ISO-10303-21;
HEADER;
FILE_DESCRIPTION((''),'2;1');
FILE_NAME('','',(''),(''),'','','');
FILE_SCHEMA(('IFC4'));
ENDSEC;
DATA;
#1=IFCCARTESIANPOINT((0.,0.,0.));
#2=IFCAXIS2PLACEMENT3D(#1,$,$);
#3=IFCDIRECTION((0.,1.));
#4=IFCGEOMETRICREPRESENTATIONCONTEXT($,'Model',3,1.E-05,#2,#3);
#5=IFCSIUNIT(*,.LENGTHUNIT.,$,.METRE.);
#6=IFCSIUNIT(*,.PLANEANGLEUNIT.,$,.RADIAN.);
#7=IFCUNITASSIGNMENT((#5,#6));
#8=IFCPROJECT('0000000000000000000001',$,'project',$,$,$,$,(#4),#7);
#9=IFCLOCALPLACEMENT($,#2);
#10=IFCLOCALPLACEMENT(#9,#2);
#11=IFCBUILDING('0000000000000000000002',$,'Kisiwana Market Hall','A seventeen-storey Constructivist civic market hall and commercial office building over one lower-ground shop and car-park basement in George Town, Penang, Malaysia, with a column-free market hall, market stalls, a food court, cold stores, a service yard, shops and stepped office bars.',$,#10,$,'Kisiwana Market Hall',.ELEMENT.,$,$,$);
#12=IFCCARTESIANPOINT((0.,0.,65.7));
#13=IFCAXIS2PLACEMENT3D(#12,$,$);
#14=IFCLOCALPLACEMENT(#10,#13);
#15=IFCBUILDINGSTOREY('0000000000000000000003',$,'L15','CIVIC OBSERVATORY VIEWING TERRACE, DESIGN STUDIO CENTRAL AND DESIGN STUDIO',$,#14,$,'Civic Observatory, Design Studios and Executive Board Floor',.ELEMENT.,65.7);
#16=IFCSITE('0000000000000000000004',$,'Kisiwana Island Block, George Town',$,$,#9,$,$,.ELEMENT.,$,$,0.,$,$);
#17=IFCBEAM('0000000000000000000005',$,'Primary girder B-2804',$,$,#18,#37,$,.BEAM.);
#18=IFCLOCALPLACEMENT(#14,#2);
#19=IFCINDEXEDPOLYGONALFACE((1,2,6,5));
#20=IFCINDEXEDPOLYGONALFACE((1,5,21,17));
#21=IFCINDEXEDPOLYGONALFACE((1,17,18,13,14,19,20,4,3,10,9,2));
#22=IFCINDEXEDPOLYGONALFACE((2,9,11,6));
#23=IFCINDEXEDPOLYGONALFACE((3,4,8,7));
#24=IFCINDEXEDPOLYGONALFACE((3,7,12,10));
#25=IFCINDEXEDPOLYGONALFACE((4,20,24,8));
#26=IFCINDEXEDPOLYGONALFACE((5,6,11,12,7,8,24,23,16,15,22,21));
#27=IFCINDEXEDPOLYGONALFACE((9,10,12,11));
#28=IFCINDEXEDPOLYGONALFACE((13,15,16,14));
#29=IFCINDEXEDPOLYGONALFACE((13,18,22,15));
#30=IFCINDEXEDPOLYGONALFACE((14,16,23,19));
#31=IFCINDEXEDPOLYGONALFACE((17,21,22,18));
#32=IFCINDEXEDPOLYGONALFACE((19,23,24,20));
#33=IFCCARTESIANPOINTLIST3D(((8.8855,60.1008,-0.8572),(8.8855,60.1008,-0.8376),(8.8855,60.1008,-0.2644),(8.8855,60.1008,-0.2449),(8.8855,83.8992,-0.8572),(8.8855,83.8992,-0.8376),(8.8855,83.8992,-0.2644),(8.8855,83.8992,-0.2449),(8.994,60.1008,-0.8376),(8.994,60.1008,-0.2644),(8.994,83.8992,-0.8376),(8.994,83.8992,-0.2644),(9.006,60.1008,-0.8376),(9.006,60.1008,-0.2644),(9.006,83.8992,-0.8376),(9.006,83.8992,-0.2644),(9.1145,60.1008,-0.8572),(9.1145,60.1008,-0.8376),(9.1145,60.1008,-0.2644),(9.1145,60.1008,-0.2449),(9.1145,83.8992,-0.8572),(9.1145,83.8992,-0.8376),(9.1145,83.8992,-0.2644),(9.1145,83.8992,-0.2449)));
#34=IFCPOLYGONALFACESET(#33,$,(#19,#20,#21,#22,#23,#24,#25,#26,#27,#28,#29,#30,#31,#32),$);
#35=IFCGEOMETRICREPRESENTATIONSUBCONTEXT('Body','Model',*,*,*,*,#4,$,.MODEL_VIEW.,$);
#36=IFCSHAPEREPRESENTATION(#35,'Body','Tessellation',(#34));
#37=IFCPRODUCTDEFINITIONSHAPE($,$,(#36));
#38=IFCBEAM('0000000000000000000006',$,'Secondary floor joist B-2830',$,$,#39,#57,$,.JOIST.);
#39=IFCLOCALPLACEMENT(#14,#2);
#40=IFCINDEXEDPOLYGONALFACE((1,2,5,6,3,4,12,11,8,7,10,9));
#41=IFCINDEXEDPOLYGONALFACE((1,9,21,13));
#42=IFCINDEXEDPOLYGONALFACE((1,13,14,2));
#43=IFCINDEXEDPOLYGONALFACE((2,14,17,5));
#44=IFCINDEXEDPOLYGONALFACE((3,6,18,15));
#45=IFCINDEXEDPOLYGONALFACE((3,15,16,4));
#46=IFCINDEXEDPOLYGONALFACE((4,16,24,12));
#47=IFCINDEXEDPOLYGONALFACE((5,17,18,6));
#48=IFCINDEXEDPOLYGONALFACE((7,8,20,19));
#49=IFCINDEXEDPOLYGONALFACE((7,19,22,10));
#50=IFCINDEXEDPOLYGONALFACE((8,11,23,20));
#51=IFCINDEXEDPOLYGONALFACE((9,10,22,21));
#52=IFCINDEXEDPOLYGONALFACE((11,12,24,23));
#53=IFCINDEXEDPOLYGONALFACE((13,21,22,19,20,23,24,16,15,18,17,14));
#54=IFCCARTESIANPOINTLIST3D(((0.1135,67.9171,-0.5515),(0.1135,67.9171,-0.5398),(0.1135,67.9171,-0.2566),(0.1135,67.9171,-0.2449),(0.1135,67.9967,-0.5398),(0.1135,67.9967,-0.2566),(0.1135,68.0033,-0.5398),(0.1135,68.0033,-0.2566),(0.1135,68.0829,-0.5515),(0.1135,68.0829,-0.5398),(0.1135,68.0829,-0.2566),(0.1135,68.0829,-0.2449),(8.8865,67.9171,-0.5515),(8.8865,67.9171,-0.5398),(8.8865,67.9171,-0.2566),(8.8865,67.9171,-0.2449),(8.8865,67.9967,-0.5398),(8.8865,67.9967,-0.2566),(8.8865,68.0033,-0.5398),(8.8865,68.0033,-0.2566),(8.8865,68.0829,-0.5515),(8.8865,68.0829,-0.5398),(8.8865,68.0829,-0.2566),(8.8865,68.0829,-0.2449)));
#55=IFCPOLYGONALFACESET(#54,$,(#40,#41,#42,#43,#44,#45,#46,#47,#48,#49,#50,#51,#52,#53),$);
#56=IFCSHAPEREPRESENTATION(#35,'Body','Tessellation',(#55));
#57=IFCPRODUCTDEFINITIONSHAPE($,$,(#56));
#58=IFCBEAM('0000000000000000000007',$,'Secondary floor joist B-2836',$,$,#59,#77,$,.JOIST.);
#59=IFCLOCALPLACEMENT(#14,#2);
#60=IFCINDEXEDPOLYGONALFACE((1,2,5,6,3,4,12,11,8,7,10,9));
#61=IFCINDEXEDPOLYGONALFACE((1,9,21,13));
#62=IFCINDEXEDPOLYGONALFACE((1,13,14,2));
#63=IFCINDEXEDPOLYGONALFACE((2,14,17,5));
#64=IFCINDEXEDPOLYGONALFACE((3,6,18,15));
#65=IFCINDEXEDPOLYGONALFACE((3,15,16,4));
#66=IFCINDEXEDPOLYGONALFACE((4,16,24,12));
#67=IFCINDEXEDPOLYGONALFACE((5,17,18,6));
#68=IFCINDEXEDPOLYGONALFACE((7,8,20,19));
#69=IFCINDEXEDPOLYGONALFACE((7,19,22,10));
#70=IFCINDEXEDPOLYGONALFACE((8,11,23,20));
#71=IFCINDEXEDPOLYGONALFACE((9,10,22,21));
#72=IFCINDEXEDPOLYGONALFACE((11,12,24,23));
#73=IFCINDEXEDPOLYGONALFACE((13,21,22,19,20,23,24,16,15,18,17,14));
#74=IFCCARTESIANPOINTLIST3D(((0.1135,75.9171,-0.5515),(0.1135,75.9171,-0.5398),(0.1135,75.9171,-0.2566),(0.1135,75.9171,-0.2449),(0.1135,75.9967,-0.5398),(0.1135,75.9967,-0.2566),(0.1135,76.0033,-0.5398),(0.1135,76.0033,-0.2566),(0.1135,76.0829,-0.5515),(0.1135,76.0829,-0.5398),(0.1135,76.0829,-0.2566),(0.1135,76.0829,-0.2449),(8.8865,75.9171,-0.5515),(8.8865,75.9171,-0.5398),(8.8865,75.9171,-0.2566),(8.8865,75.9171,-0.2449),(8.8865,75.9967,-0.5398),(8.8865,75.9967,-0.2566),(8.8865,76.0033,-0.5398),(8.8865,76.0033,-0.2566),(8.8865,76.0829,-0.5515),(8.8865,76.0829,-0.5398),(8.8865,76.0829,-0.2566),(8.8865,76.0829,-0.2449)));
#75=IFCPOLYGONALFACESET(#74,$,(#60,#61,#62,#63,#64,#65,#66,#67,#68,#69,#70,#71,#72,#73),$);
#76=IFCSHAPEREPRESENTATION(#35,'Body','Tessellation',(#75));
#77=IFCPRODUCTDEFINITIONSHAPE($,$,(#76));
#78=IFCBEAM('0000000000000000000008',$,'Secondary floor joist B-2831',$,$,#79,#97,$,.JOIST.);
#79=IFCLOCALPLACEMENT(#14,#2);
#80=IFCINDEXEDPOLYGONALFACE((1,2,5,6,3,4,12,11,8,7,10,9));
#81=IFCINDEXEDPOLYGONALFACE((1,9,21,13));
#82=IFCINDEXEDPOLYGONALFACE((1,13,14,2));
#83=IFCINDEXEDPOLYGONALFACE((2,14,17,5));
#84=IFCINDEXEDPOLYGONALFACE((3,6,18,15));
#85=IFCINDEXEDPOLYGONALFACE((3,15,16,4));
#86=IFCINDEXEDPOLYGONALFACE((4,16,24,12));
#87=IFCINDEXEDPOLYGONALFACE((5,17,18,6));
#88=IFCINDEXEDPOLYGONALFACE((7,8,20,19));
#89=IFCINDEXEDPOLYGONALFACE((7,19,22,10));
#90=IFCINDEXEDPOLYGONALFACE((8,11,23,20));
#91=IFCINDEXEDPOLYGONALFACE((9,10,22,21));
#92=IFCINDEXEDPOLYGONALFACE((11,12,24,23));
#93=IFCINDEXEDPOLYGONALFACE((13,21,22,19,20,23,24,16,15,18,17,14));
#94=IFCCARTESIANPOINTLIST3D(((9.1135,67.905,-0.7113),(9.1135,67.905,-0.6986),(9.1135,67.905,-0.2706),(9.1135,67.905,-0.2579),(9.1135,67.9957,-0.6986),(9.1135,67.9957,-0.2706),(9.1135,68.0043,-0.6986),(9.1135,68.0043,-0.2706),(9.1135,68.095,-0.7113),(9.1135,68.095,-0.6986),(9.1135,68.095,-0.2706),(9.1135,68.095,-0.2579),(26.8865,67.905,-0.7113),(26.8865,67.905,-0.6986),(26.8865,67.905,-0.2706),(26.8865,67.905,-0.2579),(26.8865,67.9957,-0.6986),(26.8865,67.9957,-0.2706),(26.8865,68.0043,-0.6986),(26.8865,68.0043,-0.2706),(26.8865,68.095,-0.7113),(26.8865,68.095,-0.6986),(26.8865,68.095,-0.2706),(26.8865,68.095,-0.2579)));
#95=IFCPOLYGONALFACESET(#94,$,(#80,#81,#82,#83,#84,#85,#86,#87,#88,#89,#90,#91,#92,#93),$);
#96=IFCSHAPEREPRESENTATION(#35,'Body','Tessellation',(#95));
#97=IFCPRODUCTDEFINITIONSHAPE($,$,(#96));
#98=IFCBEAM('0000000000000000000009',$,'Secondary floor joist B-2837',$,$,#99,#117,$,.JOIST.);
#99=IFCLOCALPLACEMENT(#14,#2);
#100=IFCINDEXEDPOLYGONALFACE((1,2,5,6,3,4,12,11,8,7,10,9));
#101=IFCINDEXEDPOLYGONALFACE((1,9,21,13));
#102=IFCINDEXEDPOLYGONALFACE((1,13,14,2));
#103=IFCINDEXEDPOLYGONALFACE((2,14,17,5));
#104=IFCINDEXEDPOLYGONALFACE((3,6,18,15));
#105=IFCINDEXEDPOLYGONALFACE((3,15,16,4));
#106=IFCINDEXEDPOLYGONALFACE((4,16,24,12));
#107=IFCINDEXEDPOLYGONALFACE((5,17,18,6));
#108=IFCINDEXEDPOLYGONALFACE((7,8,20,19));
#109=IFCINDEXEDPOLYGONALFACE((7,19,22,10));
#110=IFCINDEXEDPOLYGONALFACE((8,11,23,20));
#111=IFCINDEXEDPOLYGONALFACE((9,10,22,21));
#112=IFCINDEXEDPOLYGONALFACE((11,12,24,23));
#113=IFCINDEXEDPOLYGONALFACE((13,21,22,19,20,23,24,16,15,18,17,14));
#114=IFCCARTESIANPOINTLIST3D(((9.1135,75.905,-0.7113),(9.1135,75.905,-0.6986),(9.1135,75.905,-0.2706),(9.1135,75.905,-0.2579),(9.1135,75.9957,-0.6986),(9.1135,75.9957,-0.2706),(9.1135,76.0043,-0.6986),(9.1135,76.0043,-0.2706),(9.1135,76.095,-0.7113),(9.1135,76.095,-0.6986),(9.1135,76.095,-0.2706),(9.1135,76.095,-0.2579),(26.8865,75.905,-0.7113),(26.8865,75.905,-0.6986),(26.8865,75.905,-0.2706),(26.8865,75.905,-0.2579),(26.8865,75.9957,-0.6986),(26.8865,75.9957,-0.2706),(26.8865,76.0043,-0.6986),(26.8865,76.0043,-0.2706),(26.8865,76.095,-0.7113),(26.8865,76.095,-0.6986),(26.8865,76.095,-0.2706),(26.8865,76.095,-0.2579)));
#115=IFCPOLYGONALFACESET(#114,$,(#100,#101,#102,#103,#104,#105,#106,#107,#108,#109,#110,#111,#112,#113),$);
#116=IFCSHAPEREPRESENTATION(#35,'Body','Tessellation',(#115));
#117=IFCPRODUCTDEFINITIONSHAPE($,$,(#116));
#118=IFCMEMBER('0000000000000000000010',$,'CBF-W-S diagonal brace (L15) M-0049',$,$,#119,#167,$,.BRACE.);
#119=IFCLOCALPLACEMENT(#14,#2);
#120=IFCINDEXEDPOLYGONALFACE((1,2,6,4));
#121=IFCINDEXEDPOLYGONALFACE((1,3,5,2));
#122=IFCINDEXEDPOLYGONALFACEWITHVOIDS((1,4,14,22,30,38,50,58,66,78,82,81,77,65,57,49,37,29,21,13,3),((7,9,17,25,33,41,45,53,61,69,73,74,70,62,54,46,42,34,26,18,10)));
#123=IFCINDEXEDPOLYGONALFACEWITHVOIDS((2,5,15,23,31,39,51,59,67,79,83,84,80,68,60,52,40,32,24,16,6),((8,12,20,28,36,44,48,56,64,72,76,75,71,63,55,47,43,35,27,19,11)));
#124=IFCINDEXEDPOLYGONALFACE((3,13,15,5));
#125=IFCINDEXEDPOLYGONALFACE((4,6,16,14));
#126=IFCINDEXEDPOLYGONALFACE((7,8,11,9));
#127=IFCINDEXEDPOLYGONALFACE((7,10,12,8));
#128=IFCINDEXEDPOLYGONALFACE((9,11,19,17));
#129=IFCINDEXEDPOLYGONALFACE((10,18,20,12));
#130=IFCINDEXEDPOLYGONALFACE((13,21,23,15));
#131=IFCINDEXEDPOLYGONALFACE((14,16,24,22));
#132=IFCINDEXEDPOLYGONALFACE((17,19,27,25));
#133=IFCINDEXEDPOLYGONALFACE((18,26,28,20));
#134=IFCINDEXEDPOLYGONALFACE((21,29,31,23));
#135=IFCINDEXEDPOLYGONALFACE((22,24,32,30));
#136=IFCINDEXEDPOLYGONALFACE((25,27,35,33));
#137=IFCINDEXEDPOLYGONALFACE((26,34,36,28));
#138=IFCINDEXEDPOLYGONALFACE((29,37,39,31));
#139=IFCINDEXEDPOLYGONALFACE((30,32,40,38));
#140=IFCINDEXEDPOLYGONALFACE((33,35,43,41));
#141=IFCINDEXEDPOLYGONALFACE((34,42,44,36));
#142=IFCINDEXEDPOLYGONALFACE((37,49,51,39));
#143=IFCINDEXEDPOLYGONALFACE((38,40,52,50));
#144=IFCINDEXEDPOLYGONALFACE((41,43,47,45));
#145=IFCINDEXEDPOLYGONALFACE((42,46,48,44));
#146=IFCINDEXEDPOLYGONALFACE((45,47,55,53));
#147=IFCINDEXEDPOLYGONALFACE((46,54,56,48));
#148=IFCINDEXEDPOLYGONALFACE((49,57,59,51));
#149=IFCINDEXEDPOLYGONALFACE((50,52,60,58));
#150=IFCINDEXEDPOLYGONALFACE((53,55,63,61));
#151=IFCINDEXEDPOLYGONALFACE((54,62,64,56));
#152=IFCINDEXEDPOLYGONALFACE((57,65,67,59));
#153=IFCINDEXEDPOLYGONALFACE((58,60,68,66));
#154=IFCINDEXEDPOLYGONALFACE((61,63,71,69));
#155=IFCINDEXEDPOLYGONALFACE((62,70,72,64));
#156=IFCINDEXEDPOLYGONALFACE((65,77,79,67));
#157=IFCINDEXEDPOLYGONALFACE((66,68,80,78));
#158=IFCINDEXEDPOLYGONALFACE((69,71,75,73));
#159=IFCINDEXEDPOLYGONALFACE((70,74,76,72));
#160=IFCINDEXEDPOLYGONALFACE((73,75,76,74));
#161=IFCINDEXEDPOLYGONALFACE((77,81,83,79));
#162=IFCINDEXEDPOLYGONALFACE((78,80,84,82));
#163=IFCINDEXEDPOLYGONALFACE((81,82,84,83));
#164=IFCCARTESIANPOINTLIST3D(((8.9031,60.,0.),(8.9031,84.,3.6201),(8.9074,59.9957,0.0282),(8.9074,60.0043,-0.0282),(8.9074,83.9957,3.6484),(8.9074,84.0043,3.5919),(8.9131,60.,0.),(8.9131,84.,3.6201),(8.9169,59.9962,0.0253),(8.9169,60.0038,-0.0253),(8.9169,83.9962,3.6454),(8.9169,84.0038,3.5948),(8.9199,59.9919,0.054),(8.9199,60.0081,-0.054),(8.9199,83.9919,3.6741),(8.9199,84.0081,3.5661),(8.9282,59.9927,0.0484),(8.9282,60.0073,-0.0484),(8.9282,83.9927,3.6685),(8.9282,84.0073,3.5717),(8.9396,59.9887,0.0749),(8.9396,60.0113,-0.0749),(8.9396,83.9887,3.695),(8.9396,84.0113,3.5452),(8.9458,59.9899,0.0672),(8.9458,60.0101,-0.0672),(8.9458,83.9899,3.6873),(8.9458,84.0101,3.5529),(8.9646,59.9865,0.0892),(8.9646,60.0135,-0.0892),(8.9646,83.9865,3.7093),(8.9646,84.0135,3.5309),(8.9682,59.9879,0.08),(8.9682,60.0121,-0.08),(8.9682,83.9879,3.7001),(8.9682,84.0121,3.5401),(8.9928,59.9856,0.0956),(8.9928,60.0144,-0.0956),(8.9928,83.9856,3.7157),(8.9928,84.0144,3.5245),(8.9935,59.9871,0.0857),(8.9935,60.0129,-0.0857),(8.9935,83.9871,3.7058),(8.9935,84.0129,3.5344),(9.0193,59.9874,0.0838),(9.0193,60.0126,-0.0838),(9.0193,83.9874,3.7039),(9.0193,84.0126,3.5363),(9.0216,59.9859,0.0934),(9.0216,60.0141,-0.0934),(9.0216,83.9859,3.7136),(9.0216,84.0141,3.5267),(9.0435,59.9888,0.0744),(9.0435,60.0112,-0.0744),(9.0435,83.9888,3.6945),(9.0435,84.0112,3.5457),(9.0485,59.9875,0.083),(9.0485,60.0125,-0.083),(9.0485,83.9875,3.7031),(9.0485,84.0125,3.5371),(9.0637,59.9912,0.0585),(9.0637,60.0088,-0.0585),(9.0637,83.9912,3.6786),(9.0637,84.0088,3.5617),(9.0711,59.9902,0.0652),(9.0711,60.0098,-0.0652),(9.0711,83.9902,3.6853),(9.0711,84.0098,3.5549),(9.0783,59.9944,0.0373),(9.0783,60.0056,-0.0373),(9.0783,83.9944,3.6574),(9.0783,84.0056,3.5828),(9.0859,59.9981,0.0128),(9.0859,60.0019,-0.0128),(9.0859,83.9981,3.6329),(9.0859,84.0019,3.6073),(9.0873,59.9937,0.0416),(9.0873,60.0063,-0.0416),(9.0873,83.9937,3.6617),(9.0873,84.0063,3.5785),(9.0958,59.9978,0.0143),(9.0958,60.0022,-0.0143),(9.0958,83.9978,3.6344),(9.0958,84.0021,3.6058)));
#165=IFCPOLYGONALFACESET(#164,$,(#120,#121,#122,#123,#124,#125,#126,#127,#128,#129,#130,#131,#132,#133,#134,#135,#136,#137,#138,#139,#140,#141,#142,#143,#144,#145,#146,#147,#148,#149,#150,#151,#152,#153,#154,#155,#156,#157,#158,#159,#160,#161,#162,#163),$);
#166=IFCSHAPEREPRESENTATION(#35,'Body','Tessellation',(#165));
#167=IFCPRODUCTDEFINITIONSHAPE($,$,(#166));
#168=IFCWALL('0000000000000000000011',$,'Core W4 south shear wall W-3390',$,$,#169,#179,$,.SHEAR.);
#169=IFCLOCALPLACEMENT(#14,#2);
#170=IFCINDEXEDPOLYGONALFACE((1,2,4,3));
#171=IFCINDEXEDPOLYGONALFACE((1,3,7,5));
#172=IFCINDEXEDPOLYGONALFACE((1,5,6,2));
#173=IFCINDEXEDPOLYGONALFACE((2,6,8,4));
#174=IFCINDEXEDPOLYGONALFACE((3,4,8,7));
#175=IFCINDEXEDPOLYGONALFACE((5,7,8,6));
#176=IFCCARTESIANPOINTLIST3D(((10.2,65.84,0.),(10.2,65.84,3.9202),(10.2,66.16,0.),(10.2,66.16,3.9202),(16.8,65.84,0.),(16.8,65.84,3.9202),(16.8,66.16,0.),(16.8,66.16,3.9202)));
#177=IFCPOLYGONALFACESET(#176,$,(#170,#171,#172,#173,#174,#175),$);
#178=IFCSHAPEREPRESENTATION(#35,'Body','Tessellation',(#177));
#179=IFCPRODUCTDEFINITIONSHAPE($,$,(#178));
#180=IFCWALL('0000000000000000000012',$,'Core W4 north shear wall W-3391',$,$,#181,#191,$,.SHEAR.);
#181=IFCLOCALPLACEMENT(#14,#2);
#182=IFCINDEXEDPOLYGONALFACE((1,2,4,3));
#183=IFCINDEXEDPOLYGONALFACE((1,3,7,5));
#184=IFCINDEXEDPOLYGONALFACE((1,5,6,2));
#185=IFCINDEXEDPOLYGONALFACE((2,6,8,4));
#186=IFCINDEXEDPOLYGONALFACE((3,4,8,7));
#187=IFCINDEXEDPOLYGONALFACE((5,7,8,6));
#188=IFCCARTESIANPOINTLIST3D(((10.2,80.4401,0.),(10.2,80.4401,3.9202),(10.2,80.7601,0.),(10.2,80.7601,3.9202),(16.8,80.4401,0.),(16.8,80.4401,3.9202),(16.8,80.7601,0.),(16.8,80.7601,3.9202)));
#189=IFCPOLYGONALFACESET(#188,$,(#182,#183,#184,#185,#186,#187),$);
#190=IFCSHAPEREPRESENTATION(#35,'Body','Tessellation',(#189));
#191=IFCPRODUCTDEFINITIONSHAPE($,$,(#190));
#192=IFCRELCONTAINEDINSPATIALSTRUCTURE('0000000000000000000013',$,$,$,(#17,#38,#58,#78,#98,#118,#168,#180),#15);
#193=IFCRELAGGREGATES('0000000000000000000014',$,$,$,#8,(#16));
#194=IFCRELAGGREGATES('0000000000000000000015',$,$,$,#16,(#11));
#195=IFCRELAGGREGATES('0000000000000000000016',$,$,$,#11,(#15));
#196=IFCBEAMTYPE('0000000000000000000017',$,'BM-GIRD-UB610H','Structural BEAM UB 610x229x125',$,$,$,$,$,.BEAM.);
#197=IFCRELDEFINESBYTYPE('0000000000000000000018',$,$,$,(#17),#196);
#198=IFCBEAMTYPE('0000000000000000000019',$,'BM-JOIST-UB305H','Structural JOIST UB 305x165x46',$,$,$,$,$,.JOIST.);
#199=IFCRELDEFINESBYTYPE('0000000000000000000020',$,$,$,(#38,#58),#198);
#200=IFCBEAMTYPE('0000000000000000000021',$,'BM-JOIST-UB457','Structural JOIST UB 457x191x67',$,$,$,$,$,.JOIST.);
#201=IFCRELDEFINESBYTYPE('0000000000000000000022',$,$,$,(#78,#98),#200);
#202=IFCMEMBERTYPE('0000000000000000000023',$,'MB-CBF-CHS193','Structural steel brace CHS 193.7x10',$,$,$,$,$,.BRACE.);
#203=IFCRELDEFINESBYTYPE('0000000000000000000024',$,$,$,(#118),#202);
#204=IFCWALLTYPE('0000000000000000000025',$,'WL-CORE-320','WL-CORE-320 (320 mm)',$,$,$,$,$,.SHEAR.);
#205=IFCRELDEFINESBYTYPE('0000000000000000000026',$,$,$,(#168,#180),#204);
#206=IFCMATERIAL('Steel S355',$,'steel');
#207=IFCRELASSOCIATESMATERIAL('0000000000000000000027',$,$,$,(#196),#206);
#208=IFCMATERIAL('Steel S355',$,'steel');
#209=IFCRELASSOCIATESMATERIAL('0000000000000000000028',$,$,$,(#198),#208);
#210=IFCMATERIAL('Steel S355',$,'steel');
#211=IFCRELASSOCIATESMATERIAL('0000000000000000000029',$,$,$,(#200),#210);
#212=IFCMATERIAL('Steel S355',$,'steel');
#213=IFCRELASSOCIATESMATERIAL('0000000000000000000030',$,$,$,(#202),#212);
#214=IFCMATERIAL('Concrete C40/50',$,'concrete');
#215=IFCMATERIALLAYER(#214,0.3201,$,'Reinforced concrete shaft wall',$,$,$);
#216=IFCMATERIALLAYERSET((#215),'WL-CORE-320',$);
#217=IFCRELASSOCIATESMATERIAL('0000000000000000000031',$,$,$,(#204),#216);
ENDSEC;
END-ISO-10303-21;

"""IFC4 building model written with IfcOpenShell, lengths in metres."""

from ifc_helpers import new_model, si_unit, direction, frame, frame_2d, origin, origin_2d, place, context, subcontext, project, spatial, rectangle, hollow_circle, i_section, extrude, material, layer, layer_set, material_profile, profile_set, type_object, element, save


model = new_model("IFC4")

# Units and contexts
model_context = context("Model", 3, precision=1e-05, world=origin(), true_north=direction((0.0, 1.0)))
body_context = subcontext(model_context, "Body", "Model", "MODEL_VIEW")
ifc_project = project(units=[si_unit("LENGTHUNIT", "METRE"), si_unit("PLANEANGLEUNIT", "RADIAN")], contexts=[model_context])

# Site, building, storey
site_placement = place(None, origin())
site = spatial("IfcSite", under=ifc_project, at=site_placement, Name="Kisiwana Island Block, George Town", CompositionType="ELEMENT", RefElevation=0.0)
building_placement = place(site_placement, origin())
building = spatial("IfcBuilding", under=site, at=building_placement, Name="Kisiwana Market Hall", Description="A seventeen-storey Constructivist civic market hall and commercial office building over one lower-ground shop and car-park basement in George Town, Penang, Malaysia, with a column-free market hall, market stalls, a food court, cold stores, a service yard, shops and stepped office bars.", LongName="Kisiwana Market Hall", CompositionType="ELEMENT")
storey_placement = place(building_placement, frame((0.0, 0.0, 65.7)))
storey = spatial("IfcBuildingStorey", under=building, at=storey_placement, Name="L15", Description="CIVIC OBSERVATORY VIEWING TERRACE, DESIGN STUDIO CENTRAL AND DESIGN STUDIO", LongName="Civic Observatory, Design Studios and Executive Board Floor", CompositionType="ELEMENT", Elevation=65.7)

# Beams
ifc_material_1 = material(Name="Steel S355", Category="steel")
ifc_material_profile_1 = material_profile(ifc_material_1, i_section(OverallWidth=0.229, OverallDepth=0.6123, WebThickness=0.012, FlangeThickness=0.0195, at=origin_2d()), Name="UB 610x229x125")
ifc_profile_set_1 = profile_set([ifc_material_profile_1], Name="Steel S355")
beam_type_1 = type_object("IfcBeamType", Name="BM-GIRD-UB610H", Description="Structural BEAM UB 610x229x125", PredefinedType="BEAM", material=ifc_profile_set_1)
for number, where, z_axis, x_axis, name in (
    (1, (9.0, 60.1008, -0.551), (0.0, 1.0, 0.0), (-1.0, 0.0, 0.0), "Primary girder B-2804"),
):
    element("IfcBeam", number, at=place(storey_placement, frame(where, z_axis=z_axis, x_axis=x_axis)), inside=storey, type_object=beam_type_1, Name=name, PredefinedType="BEAM", context=body_context, shape_type="SweptSolid", body=[
        extrude(i_section(OverallWidth=0.229, OverallDepth=0.6123, WebThickness=0.012, FlangeThickness=0.0195, at=origin_2d()), origin(), (0.0, 0.0, 1.0), 23.7983),
    ])
ifc_material_2 = material(Name="Steel S355", Category="steel")
ifc_material_profile_2 = material_profile(ifc_material_2, i_section(OverallWidth=0.1658, OverallDepth=0.3066, WebThickness=0.0066, FlangeThickness=0.0117, at=origin_2d()), Name="UB 305x165x46")
ifc_profile_set_2 = profile_set([ifc_material_profile_2], Name="Steel S355")
beam_type_2 = type_object("IfcBeamType", Name="BM-JOIST-UB305H", Description="Structural JOIST UB 305x165x46", PredefinedType="JOIST", material=ifc_profile_set_2)
for number, where, z_axis, x_axis, name in (
    (2, (0.1135, 68.0, -0.3982), (1.0, 0.0, 0.0), (0.0, 1.0, 0.0), "Secondary floor joist B-2830"),
    (3, (0.1135, 76.0, -0.3982), (1.0, 0.0, 0.0), (0.0, 1.0, 0.0), "Secondary floor joist B-2836"),
):
    element("IfcBeam", number, at=place(storey_placement, frame(where, z_axis=z_axis, x_axis=x_axis)), inside=storey, type_object=beam_type_2, Name=name, PredefinedType="JOIST", context=body_context, shape_type="SweptSolid", body=[
        extrude(i_section(OverallWidth=0.1658, OverallDepth=0.3066, WebThickness=0.0066, FlangeThickness=0.0117, at=origin_2d()), origin(), (0.0, 0.0, 1.0), 8.7729),
    ])
ifc_material_3 = material(Name="Steel S355", Category="steel")
ifc_material_profile_3 = material_profile(ifc_material_3, i_section(OverallWidth=0.1899, OverallDepth=0.4534, WebThickness=0.0085, FlangeThickness=0.0127, at=origin_2d()), Name="UB 457x191x67")
ifc_profile_set_3 = profile_set([ifc_material_profile_3], Name="Steel S355")
beam_type_3 = type_object("IfcBeamType", Name="BM-JOIST-UB457", Description="Structural JOIST UB 457x191x67", PredefinedType="JOIST", material=ifc_profile_set_3)
for number, where, z_axis, x_axis, name in (
    (4, (9.1135, 68.0, -0.4846), (1.0, 0.0, 0.0), (0.0, 1.0, 0.0), "Secondary floor joist B-2831"),
    (5, (9.1135, 76.0, -0.4846), (1.0, 0.0, 0.0), (0.0, 1.0, 0.0), "Secondary floor joist B-2837"),
):
    element("IfcBeam", number, at=place(storey_placement, frame(where, z_axis=z_axis, x_axis=x_axis)), inside=storey, type_object=beam_type_3, Name=name, PredefinedType="JOIST", context=body_context, shape_type="SweptSolid", body=[
        extrude(i_section(OverallWidth=0.1899, OverallDepth=0.4534, WebThickness=0.0085, FlangeThickness=0.0127, at=origin_2d()), origin(), (0.0, 0.0, 1.0), 17.7729),
    ])

# Member
ifc_material_4 = material(Name="Steel S355", Category="steel")
ifc_material_profile_4 = material_profile(ifc_material_4, hollow_circle(Radius=0.0969, WallThickness=0.01, at=origin_2d()), Name="CHS 193.7x10")
ifc_profile_set_4 = profile_set([ifc_material_profile_4], Name="Steel S355")
member_type = type_object("IfcMemberType", Name="MB-CBF-CHS193", Description="Structural steel brace CHS 193.7x10", PredefinedType="BRACE", material=ifc_profile_set_4)
member_placement = place(storey_placement, frame((9.0, 60.0, 0.0), z_axis=(0.0, 0.988814, 0.149151), x_axis=(-1.0, 0.0, 0.0)))
element("IfcMember", 6, at=member_placement, inside=storey, type_object=member_type, Name="CBF-W-S diagonal brace (L15) M-0049", PredefinedType="BRACE", context=body_context, shape_type="SweptSolid", body=[
    extrude(hollow_circle(Radius=0.0969, WallThickness=0.01, at=origin_2d()), origin(), (0.0, 0.0, 1.0), 24.2715),
])

# Walls
ifc_material_5 = material(Name="Concrete C40/50", Category="concrete")
ifc_layer_1 = layer(ifc_material_5, 0.3201, Name="Reinforced concrete shaft wall")
ifc_layer_set_1 = layer_set([ifc_layer_1], Name="WL-CORE-320")
wall_type_1 = type_object("IfcWallType", Name="WL-CORE-320", Description="WL-CORE-320 (320 mm)", PredefinedType="SHEAR", material=ifc_layer_set_1)
for number, where, z_axis, x_axis, name in (
    (7, (10.2, 66.0, 0.0), (0.0, 0.0, 1.0), (1.0, 0.0, 0.0), "Core W4 south shear wall W-3390"),
    (8, (10.2, 80.6001, 0.0), (0.0, 0.0, 1.0), (1.0, 0.0, 0.0), "Core W4 north shear wall W-3391"),
):
    element("IfcWall", number, at=place(storey_placement, frame(where, z_axis=z_axis, x_axis=x_axis)), inside=storey, type_object=wall_type_1, Name=name, PredefinedType="SHEAR", context=body_context, shape_type="SweptSolid", body=[
        extrude(rectangle(XDim=6.6001, YDim=0.3201, at=frame_2d((3.3, 0.0))), origin(), (0.0, 0.0, 1.0), 3.9202),
    ])

save(model, "model.ifc")
